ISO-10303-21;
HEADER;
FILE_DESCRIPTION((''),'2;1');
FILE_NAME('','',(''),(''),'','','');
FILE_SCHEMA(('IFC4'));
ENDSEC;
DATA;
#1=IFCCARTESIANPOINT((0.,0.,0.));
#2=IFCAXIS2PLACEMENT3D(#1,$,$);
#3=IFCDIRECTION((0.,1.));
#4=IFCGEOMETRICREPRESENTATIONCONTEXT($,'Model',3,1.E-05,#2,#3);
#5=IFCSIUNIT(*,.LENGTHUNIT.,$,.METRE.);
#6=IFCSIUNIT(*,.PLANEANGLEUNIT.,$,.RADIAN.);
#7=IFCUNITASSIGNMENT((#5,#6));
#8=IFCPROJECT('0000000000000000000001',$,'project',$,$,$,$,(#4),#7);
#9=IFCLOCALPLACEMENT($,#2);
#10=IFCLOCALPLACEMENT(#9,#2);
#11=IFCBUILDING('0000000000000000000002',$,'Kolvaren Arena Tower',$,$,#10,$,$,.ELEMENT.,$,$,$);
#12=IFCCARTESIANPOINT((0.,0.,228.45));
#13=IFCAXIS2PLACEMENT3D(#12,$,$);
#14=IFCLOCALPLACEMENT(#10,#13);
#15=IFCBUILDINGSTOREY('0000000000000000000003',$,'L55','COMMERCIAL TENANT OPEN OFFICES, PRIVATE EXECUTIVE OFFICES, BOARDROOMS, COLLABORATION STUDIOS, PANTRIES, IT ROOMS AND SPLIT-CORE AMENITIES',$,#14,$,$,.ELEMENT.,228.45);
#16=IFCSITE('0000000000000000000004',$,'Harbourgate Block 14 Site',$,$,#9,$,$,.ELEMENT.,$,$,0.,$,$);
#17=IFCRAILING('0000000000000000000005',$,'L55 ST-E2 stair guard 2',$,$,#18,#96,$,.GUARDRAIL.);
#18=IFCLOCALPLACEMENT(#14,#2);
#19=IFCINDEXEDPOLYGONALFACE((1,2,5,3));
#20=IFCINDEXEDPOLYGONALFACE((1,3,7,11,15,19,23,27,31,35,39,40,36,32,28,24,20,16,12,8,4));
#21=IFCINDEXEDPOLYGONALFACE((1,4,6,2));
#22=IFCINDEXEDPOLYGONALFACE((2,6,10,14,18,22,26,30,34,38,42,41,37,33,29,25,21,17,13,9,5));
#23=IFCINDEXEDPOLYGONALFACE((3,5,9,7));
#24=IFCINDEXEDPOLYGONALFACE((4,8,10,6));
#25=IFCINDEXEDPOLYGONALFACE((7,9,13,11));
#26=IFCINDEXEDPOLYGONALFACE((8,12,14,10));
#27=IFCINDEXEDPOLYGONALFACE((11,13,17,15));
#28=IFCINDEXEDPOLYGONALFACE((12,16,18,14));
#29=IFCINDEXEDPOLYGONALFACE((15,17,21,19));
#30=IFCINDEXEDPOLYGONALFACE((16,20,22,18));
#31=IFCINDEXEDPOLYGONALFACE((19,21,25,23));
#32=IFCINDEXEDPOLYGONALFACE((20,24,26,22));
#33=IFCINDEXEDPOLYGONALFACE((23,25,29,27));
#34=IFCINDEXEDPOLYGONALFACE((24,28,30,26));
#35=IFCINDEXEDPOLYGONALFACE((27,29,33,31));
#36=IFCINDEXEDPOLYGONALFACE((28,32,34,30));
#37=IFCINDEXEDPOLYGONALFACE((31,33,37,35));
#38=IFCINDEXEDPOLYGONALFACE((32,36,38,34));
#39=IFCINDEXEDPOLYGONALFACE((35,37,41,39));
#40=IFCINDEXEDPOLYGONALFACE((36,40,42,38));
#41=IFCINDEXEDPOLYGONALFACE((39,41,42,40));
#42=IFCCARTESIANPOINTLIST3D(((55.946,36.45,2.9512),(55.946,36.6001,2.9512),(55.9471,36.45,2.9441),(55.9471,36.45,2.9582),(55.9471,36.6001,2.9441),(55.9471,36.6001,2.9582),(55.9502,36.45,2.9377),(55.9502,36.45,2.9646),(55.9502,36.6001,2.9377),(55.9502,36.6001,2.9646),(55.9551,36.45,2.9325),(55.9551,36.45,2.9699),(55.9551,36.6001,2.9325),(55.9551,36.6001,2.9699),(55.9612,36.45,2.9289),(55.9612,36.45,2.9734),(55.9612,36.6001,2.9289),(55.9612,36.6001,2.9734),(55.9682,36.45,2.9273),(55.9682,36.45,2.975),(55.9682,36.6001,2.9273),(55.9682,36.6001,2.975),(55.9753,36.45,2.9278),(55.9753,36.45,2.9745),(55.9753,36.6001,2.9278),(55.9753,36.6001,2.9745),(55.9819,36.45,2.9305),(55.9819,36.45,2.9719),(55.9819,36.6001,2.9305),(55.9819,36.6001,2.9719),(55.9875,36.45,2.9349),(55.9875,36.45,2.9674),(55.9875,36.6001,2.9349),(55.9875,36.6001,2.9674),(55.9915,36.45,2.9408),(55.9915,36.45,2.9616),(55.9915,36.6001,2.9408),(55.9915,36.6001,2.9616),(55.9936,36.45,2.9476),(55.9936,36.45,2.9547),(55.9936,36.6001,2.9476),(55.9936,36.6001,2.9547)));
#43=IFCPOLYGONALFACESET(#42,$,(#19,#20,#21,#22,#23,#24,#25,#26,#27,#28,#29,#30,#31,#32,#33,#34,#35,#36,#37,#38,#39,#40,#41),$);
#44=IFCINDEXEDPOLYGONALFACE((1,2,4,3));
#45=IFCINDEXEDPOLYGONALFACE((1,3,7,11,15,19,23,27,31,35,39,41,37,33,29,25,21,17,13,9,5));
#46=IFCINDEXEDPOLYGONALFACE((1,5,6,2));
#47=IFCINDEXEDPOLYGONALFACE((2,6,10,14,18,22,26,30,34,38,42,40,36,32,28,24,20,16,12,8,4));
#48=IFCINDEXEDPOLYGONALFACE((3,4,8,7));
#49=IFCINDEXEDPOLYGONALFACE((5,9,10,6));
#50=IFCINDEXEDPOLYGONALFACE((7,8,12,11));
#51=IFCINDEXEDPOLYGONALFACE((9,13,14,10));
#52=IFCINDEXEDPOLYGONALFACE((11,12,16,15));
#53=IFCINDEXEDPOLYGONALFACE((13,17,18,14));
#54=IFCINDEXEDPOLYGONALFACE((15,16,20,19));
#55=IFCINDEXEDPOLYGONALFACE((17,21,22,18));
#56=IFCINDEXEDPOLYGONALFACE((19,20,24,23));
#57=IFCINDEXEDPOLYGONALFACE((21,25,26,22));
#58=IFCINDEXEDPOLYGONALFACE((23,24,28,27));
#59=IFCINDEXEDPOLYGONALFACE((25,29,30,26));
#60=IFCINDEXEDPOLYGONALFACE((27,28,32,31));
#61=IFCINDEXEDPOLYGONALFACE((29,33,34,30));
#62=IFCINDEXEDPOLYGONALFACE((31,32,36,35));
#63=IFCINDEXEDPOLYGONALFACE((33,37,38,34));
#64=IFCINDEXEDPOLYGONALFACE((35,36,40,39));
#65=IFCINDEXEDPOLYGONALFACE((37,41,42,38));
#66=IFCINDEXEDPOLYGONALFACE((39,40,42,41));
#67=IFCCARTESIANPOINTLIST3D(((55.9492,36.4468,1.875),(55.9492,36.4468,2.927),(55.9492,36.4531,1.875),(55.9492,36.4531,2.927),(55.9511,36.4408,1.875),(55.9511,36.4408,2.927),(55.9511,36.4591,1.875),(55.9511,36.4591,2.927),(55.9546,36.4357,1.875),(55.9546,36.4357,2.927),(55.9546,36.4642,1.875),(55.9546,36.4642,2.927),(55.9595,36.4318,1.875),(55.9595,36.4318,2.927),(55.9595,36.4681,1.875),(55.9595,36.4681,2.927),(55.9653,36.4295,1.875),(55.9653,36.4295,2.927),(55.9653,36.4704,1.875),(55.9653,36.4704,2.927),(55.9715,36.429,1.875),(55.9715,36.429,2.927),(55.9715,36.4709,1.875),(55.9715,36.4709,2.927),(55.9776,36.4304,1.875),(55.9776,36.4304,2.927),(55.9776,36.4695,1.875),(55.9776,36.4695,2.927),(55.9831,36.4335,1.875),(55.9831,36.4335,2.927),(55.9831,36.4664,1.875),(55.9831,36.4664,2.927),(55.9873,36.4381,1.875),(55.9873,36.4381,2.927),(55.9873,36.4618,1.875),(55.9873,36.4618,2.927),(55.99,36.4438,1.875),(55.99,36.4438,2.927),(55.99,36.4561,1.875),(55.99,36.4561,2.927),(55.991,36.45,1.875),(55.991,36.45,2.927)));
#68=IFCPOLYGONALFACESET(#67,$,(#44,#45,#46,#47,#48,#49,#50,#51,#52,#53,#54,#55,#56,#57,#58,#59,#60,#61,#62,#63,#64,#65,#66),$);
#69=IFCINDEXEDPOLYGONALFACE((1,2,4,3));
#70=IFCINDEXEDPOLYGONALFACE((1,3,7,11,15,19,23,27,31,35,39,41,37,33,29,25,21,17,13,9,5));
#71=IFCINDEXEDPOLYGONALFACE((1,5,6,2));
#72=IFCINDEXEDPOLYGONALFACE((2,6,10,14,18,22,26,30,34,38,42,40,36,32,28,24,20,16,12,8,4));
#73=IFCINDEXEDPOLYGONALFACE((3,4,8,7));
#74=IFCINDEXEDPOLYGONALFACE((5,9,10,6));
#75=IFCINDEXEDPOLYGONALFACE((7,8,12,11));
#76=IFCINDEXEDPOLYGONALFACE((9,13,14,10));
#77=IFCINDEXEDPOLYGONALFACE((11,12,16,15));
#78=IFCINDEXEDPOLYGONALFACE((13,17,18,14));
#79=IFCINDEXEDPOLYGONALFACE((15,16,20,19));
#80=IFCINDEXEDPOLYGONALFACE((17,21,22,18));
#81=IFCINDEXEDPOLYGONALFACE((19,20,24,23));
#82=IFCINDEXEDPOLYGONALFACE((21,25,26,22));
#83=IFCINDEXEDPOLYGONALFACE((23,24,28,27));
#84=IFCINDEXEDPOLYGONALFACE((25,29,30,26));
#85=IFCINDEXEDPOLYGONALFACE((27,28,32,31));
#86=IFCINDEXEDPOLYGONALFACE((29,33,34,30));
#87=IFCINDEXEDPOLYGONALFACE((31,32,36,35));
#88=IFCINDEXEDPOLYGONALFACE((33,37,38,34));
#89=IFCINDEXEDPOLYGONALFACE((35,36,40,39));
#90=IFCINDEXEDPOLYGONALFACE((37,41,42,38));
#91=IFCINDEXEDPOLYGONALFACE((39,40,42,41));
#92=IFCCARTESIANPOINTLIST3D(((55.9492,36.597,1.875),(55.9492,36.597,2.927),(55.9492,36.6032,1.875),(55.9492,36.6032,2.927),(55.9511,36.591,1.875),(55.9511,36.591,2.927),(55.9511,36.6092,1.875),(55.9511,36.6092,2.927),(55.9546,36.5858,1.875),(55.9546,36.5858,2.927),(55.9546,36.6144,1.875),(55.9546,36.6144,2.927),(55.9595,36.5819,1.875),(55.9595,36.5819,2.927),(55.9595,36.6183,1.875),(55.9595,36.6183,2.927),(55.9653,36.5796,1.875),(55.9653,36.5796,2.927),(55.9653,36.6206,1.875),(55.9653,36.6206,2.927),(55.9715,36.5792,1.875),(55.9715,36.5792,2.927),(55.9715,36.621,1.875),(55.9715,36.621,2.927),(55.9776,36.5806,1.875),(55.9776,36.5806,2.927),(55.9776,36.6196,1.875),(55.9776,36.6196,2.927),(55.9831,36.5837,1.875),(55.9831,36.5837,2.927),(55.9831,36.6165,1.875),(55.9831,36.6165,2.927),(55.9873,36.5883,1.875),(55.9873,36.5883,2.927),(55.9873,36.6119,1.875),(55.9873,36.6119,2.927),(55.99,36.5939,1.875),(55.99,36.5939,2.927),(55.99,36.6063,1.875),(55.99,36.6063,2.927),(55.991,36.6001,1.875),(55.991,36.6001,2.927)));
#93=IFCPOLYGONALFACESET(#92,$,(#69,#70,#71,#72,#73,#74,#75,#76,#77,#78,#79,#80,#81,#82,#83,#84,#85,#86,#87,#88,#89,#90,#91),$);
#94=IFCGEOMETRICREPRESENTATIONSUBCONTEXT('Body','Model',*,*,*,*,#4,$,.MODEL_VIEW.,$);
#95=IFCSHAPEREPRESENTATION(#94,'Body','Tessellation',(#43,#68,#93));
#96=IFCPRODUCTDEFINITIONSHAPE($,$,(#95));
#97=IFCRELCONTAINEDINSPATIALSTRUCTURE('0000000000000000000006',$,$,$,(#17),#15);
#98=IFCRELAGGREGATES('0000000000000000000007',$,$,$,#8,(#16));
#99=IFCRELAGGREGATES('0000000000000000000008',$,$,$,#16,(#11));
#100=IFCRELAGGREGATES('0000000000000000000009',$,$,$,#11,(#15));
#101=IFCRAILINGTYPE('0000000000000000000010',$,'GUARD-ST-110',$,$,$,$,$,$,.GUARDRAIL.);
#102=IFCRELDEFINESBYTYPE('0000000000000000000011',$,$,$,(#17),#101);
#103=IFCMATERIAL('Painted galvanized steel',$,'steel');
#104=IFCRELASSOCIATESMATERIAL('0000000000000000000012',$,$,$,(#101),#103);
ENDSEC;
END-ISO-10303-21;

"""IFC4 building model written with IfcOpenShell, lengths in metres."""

from ifc_helpers import new_model, si_unit, direction, frame, origin, origin_2d, place, context, subcontext, project, spatial, circle, extrude, material, type_object, element, save


model = new_model("IFC4")

# Units and contexts
model_context = context("Model", 3, precision=1e-05, world=origin(), true_north=direction((0.0, 1.0)))
body_context = subcontext(model_context, "Body", "Model", "MODEL_VIEW")
ifc_project = project(units=[si_unit("LENGTHUNIT", "METRE"), si_unit("PLANEANGLEUNIT", "RADIAN")], contexts=[model_context])

# Site, building, storey
site_placement = place(None, origin())
site = spatial("IfcSite", under=ifc_project, at=site_placement, Name="Harbourgate Block 14 Site", CompositionType="ELEMENT", RefElevation=0.0)
building_placement = place(site_placement, origin())
building = spatial("IfcBuilding", under=site, at=building_placement, Name="Kolvaren Arena Tower", CompositionType="ELEMENT")
storey_placement = place(building_placement, frame((0.0, 0.0, 228.45)))
storey = spatial("IfcBuildingStorey", under=building, at=storey_placement, Name="L55", Description="COMMERCIAL TENANT OPEN OFFICES, PRIVATE EXECUTIVE OFFICES, BOARDROOMS, COLLABORATION STUDIOS, PANTRIES, IT ROOMS AND SPLIT-CORE AMENITIES", CompositionType="ELEMENT", Elevation=228.45)

# Railing
ifc_material_1 = material(Name="Painted galvanized steel", Category="steel")
railing_type_1 = type_object("IfcRailingType", Name="GUARD-ST-110", PredefinedType="GUARDRAIL", material=ifc_material_1)
railing_1_placement = place(storey_placement, frame((55.97, 36.45, 1.875)))
element("IfcRailing", 1, at=railing_1_placement, inside=storey, type_object=railing_type_1, Name="L55 ST-E2 stair guard 2", PredefinedType="GUARDRAIL", context=body_context, shape_type="SweptSolid", body=[
    extrude(circle(Radius=0.0239, at=origin_2d()), frame((0.0, 0.0, 1.0762), z_axis=(0.0, 1.0, 0.0), x_axis=(-1.0, 0.0, 0.0)), (0.0, 0.0, 1.0), 0.1501),
    extrude(circle(Radius=0.021, at=origin_2d()), origin(), (0.0, 0.0, 1.0), 1.052),
    extrude(circle(Radius=0.021, at=origin_2d()), frame((0.0, 0.1501, 0.0)), (0.0, 0.0, 1.0), 1.052),
])

save(model, "model.ifc")
